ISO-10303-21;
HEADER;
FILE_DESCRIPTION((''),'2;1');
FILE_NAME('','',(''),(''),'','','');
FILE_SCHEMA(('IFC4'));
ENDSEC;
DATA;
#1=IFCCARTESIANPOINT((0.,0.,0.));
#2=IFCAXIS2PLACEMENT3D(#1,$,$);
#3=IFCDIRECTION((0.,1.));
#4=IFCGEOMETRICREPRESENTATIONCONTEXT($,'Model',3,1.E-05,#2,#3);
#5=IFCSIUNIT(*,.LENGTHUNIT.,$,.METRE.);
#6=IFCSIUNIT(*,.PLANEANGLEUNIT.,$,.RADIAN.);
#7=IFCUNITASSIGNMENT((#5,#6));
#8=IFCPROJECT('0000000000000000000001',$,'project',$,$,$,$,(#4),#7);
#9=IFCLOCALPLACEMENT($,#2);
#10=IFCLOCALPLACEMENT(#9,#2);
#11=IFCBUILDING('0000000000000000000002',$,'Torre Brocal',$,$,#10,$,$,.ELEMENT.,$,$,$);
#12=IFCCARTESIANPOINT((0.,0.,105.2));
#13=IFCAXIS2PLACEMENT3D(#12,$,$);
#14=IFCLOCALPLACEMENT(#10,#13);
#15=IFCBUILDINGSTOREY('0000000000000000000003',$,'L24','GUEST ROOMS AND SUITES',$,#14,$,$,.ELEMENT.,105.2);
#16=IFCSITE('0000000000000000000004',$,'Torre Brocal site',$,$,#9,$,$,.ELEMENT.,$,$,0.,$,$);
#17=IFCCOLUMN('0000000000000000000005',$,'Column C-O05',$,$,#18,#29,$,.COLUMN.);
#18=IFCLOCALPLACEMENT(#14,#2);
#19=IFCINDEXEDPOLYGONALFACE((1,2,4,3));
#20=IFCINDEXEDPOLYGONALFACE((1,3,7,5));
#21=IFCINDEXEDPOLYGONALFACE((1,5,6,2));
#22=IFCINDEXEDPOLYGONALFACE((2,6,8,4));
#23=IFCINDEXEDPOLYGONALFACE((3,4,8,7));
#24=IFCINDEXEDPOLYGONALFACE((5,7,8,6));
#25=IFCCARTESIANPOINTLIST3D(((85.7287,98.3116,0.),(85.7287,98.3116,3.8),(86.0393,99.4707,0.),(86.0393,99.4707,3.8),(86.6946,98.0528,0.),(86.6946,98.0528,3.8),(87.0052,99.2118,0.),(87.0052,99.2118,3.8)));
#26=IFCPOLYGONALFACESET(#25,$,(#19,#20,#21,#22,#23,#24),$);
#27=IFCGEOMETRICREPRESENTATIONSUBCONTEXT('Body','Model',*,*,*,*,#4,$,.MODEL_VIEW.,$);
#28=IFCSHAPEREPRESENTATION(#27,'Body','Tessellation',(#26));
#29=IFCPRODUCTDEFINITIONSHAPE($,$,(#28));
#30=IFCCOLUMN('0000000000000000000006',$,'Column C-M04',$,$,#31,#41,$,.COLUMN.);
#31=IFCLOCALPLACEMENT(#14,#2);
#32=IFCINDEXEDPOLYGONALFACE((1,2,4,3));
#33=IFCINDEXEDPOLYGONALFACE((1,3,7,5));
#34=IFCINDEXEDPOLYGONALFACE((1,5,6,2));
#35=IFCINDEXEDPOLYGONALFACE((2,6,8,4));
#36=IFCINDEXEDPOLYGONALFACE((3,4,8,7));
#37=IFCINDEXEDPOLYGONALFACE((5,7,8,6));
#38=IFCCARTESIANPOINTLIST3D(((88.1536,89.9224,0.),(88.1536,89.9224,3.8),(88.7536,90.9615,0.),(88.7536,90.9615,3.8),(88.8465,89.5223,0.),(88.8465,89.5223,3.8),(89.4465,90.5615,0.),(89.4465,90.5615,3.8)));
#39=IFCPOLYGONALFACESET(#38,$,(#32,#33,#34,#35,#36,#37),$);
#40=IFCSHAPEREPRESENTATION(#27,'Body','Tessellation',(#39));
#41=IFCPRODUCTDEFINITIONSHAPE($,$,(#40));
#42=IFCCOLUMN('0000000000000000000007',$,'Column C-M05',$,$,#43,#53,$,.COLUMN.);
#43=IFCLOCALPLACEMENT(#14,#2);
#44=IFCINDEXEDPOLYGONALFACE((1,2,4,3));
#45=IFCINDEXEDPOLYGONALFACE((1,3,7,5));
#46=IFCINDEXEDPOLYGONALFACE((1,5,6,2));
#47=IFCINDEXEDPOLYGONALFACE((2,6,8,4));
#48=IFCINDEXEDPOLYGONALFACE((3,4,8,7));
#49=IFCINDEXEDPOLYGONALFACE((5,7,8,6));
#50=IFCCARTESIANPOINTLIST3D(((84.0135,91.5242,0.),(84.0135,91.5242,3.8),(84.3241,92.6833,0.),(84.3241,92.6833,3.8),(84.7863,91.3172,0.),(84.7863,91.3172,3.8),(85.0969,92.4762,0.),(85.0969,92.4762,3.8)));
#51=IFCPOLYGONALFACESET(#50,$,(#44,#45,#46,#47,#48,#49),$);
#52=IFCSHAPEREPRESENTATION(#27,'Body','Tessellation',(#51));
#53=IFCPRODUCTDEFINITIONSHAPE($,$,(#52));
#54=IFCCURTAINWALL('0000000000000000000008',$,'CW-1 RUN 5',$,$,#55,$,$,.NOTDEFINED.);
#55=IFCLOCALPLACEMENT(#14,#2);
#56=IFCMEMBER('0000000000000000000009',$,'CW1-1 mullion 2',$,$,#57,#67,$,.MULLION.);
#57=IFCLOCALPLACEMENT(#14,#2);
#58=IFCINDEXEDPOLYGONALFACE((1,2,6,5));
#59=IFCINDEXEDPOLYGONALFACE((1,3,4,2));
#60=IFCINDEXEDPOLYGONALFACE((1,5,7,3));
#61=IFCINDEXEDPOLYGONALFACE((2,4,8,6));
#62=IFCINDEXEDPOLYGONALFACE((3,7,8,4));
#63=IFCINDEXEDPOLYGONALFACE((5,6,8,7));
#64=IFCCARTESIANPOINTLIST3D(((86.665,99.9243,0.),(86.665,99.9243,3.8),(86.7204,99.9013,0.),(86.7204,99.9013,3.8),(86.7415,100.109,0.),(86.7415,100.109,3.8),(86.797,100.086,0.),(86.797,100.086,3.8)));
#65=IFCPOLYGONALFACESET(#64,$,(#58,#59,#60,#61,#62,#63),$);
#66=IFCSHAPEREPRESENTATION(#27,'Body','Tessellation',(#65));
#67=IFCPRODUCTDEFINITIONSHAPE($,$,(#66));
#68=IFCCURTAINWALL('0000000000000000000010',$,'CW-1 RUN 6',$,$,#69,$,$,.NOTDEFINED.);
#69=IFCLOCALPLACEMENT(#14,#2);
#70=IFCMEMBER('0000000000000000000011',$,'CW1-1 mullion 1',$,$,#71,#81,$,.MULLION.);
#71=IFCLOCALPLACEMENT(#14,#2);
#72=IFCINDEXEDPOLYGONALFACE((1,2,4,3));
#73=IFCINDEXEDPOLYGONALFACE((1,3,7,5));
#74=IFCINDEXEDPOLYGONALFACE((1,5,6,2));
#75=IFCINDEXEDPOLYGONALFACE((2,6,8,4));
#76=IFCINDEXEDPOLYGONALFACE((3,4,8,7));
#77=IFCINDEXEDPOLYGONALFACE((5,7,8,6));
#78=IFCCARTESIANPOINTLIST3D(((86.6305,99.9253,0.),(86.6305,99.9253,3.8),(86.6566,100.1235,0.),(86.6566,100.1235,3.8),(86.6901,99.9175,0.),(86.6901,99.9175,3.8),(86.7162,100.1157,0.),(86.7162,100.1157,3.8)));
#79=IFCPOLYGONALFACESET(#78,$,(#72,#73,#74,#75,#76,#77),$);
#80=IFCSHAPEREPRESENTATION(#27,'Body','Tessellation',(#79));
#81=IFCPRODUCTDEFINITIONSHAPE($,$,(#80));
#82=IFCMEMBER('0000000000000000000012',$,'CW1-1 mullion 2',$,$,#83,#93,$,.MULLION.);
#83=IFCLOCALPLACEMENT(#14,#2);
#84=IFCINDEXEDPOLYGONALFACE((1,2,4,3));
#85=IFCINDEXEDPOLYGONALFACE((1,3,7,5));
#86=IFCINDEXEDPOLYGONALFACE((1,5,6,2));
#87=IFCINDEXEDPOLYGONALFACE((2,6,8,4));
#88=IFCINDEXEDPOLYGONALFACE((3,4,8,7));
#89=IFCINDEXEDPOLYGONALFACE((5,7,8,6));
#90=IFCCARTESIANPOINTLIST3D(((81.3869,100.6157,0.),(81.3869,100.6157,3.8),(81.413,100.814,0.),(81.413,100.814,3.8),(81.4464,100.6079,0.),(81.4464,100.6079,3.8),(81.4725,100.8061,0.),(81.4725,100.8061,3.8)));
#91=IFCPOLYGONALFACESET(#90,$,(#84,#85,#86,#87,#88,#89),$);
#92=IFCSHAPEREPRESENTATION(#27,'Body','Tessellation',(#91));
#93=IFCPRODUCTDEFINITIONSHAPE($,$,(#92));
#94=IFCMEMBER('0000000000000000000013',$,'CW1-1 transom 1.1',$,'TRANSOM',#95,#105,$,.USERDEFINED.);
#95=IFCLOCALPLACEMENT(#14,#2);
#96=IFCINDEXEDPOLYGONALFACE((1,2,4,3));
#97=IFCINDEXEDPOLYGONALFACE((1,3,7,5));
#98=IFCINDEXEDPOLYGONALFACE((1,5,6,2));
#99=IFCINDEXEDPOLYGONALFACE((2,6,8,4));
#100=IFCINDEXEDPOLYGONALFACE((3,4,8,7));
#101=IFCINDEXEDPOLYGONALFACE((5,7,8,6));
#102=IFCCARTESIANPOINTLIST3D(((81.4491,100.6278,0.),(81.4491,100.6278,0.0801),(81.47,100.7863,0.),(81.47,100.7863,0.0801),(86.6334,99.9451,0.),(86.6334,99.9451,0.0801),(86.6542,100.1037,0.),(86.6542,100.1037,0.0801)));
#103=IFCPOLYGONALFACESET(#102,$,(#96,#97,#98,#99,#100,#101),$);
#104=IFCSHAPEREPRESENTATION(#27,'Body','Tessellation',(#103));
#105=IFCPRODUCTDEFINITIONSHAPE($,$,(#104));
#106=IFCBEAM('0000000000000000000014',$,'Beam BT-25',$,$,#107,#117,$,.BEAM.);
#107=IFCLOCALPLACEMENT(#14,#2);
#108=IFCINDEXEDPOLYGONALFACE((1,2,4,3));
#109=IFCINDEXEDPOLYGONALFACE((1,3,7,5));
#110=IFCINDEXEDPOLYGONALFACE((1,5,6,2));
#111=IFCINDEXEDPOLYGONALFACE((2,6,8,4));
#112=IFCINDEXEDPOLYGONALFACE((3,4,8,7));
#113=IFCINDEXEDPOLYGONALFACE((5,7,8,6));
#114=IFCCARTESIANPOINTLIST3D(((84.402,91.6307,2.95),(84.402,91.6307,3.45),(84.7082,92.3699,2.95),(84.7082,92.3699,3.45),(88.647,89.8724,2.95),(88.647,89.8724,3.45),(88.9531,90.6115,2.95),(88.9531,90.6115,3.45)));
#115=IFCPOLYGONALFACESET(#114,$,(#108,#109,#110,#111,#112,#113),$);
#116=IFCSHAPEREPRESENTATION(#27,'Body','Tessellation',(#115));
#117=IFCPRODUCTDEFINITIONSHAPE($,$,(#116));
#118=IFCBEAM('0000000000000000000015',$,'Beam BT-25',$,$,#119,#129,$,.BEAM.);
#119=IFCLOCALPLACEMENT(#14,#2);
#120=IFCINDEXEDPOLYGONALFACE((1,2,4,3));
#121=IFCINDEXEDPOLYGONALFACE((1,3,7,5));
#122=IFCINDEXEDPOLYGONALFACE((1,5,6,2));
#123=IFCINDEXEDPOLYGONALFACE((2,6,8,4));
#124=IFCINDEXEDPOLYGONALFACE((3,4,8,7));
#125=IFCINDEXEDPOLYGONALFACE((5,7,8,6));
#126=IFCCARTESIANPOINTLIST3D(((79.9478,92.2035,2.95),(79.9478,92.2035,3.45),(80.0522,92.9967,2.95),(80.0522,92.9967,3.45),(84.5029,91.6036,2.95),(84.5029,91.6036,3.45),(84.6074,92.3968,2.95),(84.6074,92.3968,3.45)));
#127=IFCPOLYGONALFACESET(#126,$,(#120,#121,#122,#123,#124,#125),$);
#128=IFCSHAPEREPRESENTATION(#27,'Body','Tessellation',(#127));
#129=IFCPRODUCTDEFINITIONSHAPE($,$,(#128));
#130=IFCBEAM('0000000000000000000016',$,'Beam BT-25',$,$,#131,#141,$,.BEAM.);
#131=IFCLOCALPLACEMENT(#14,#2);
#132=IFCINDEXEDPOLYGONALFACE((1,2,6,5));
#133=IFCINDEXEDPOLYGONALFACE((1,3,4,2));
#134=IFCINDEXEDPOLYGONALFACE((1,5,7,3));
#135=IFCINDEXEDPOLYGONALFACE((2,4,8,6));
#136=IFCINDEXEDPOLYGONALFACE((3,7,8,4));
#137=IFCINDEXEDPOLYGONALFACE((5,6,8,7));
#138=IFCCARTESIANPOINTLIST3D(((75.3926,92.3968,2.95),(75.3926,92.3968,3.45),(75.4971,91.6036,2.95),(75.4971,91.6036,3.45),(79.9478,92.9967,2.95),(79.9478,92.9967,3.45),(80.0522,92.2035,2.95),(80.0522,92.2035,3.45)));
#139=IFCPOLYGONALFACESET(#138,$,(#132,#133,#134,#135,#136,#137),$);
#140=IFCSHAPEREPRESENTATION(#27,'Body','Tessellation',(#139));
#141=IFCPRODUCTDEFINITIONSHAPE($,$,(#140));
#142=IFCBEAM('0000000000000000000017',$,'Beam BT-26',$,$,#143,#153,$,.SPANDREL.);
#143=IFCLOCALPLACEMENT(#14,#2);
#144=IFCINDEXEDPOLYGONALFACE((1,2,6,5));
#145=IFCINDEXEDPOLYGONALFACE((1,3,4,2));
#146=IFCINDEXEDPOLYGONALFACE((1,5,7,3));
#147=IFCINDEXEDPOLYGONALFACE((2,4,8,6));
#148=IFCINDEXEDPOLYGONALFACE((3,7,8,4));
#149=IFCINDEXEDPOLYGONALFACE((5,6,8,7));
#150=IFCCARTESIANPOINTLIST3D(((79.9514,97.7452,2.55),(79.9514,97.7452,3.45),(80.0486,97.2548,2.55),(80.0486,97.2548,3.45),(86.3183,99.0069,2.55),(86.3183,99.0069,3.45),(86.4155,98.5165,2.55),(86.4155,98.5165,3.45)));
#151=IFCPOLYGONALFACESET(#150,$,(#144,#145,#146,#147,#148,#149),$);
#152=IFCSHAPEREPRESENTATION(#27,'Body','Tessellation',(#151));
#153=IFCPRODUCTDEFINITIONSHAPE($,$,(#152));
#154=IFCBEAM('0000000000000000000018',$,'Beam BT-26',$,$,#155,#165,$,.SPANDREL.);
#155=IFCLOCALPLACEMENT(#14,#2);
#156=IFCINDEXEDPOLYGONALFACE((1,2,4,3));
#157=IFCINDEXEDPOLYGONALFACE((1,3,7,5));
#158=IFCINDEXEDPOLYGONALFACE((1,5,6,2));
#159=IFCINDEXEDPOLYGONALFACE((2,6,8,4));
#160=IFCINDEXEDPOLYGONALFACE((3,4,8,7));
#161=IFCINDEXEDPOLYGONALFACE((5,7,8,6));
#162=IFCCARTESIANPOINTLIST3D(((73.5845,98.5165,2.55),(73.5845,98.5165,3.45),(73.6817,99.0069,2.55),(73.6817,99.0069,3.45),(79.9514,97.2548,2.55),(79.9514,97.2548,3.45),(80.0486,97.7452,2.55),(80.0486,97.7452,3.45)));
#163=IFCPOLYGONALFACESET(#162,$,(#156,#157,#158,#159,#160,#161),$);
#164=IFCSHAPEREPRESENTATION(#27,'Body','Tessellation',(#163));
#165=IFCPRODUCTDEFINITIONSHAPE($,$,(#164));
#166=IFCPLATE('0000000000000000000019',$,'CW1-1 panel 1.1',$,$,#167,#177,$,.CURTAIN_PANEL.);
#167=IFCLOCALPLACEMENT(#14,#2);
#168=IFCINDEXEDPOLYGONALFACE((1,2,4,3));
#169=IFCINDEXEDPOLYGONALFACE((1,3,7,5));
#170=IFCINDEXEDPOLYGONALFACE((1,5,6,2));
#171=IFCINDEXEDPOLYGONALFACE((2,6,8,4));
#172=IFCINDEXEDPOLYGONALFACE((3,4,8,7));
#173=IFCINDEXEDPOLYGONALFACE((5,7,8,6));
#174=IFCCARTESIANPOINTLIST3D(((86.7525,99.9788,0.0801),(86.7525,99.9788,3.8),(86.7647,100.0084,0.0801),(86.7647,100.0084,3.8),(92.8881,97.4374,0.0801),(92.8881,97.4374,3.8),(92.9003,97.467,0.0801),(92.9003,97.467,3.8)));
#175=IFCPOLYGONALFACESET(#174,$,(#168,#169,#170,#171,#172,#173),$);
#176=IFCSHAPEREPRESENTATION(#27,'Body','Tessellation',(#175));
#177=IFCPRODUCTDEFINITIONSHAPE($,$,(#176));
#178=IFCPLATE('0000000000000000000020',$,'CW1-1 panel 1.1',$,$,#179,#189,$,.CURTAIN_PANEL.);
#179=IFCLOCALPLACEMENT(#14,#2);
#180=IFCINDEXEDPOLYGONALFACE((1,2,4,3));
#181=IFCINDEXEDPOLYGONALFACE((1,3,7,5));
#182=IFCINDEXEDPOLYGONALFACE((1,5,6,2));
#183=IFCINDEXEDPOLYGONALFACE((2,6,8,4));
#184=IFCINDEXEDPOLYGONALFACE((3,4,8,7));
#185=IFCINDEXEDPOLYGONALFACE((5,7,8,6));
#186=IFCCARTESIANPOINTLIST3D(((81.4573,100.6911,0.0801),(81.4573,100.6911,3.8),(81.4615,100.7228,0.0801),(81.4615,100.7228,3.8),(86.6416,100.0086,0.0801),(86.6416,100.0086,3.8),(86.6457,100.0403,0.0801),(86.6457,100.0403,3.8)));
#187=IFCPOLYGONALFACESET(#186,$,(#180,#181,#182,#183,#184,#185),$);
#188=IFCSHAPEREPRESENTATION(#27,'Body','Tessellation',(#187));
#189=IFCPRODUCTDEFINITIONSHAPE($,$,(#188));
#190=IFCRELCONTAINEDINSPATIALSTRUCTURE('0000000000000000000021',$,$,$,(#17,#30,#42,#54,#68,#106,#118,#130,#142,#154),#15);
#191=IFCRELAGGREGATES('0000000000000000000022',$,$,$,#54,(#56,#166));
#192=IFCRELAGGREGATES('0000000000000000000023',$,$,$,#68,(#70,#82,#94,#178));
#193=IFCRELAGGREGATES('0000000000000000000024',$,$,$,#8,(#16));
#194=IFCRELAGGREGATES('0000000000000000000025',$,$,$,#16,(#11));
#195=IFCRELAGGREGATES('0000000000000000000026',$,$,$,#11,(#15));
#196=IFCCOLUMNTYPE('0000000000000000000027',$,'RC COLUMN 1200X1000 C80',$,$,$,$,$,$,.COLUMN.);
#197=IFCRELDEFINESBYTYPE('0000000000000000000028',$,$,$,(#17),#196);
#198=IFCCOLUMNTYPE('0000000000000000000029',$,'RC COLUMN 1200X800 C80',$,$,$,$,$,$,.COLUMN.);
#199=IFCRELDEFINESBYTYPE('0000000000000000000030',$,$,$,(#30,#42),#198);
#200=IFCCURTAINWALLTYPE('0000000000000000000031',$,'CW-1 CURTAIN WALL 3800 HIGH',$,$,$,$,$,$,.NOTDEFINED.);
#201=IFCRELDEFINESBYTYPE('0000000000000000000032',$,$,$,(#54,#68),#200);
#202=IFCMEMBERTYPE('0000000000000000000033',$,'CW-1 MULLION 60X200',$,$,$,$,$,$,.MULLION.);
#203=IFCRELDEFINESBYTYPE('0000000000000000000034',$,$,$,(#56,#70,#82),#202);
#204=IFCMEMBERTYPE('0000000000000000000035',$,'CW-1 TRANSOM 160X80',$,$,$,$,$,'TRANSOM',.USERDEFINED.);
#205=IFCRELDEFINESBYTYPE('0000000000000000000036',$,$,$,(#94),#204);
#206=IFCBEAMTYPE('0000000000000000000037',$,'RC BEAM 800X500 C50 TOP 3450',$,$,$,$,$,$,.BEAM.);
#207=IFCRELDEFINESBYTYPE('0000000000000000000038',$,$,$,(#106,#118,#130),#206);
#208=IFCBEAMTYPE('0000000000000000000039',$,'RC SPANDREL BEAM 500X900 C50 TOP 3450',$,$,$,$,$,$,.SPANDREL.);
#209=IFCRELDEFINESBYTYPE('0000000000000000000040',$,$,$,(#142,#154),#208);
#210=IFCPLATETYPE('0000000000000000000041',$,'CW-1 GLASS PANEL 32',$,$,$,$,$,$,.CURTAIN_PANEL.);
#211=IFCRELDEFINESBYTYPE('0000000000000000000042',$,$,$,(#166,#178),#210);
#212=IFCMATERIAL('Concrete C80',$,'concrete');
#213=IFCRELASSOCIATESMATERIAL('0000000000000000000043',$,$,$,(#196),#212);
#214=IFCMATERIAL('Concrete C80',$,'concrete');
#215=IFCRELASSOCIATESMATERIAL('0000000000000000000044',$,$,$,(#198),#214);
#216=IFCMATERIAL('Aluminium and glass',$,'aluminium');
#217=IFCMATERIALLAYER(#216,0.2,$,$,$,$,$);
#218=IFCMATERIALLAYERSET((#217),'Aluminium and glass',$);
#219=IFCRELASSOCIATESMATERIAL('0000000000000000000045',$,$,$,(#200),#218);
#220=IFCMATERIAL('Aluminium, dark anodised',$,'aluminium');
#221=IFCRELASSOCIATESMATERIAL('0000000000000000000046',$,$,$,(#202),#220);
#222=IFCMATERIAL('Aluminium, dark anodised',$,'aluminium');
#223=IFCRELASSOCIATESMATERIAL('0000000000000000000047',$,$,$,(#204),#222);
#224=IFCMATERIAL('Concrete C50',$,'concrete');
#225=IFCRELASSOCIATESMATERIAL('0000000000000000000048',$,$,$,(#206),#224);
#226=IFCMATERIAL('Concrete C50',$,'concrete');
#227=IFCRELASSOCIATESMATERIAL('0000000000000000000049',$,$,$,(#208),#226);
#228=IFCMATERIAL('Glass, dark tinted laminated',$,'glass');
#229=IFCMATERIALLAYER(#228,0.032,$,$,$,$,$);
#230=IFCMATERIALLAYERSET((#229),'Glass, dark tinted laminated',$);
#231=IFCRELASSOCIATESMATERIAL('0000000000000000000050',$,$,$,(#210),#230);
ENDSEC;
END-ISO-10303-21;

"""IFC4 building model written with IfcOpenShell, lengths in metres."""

from ifc_helpers import new_model, si_unit, direction, frame, origin, origin_2d, place, context, subcontext, project, spatial, rectangle, extrude, material, layer, layer_set, material_profile, profile_set, type_object, element, aggregate, save


model = new_model("IFC4")

# Units and contexts
model_context = context("Model", 3, precision=1e-05, world=origin(), true_north=direction((0.0, 1.0)))
body_context = subcontext(model_context, "Body", "Model", "MODEL_VIEW")
ifc_project = project(units=[si_unit("LENGTHUNIT", "METRE"), si_unit("PLANEANGLEUNIT", "RADIAN")], contexts=[model_context])

# Site, building, storey
site_placement = place(None, origin())
site = spatial("IfcSite", under=ifc_project, at=site_placement, Name="Torre Brocal site", CompositionType="ELEMENT", RefElevation=0.0)
building_placement = place(site_placement, origin())
building = spatial("IfcBuilding", under=site, at=building_placement, Name="Torre Brocal", CompositionType="ELEMENT")
storey_placement = place(building_placement, frame((0.0, 0.0, 105.2)))
storey = spatial("IfcBuildingStorey", under=building, at=storey_placement, Name="L24", Description="GUEST ROOMS AND SUITES", CompositionType="ELEMENT", Elevation=105.2)

# Columns
ifc_material_1 = material(Name="Concrete C80", Category="concrete")
ifc_material_profile_1 = material_profile(ifc_material_1, rectangle(XDim=1.2, YDim=1.0, at=origin_2d()), Name="RC 1200X1000")
ifc_profile_set_1 = profile_set([ifc_material_profile_1], Name="Concrete C80")
column_type_1 = type_object("IfcColumnType", Name="RC COLUMN 1200X1000 C80", PredefinedType="COLUMN", material=ifc_profile_set_1)
column_placement = place(storey_placement, frame((86.3669, 98.7617, 0.0), z_axis=(0.0, 0.0, 1.0), x_axis=(0.258819, 0.965926, 0.0)))
element("IfcColumn", 1, at=column_placement, inside=storey, type_object=column_type_1, Name="Column C-O05", PredefinedType="COLUMN", context=body_context, shape_type="SweptSolid", body=[
    extrude(rectangle(XDim=1.2, YDim=1.0, at=origin_2d()), origin(), (0.0, 0.0, 1.0), 3.8),
])
ifc_material_2 = material(Name="Concrete C80", Category="concrete")
ifc_material_profile_2 = material_profile(ifc_material_2, rectangle(XDim=1.2, YDim=0.8, at=origin_2d()), Name="RC 1200X800")
ifc_profile_set_2 = profile_set([ifc_material_profile_2], Name="Concrete C80")
column_type_2 = type_object("IfcColumnType", Name="RC COLUMN 1200X800 C80", PredefinedType="COLUMN", material=ifc_profile_set_2)
for number, where, z_axis, x_axis, name in (
    (2, (88.8, 90.2419, 0.0), (0.0, 0.0, 1.0), (0.5, 0.866025, 0.0), "Column C-M04"),
    (3, (84.5552, 92.0002, 0.0), (0.0, 0.0, 1.0), (0.258819, 0.965926, 0.0), "Column C-M05"),
):
    element("IfcColumn", number, at=place(storey_placement, frame(where, z_axis=z_axis, x_axis=x_axis)), inside=storey, type_object=column_type_2, Name=name, PredefinedType="COLUMN", context=body_context, shape_type="SweptSolid", body=[
        extrude(rectangle(XDim=1.2, YDim=0.8, at=origin_2d()), origin(), (0.0, 0.0, 1.0), 3.8),
    ])

# Curtain wall, member
ifc_material_3 = material(Name="Aluminium and glass", Category="aluminium")
ifc_layer_1 = layer(ifc_material_3, 0.2)
ifc_layer_set_1 = layer_set([ifc_layer_1], Name="Aluminium and glass")
curtain_wall_type = type_object("IfcCurtainWallType", Name="CW-1 CURTAIN WALL 3800 HIGH", PredefinedType="NOTDEFINED", material=ifc_layer_set_1)
curtain_wall_1_placement = place(storey_placement, origin())
curtain_wall_1 = element("IfcCurtainWall", 4, at=curtain_wall_1_placement, inside=storey, type_object=curtain_wall_type, Name="CW-1 RUN 5", PredefinedType="NOTDEFINED")
ifc_material_4 = material(Name="Aluminium, dark anodised", Category="aluminium")
ifc_material_profile_3 = material_profile(ifc_material_4, rectangle(XDim=0.2, YDim=0.0601, at=origin_2d()), Name="CW-1 MULLION 60X200")
ifc_profile_set_3 = profile_set([ifc_material_profile_3], Name="Aluminium, dark anodised")
member_type_1 = type_object("IfcMemberType", Name="CW-1 MULLION 60X200", PredefinedType="MULLION", material=ifc_profile_set_3)
member_1_placement = place(storey_placement, frame((86.731, 100.0051, 0.0), z_axis=(0.0, 0.0, 1.0), x_axis=(-0.382683, -0.92388, 0.0)))
member_1 = element("IfcMember", 5, at=member_1_placement, type_object=member_type_1, Name="CW1-1 mullion 2", PredefinedType="MULLION", context=body_context, shape_type="SweptSolid", body=[
    extrude(rectangle(XDim=0.2, YDim=0.0601, at=origin_2d()), origin(), (0.0, 0.0, 1.0), 3.8),
])

# Curtain wall, members
curtain_wall_2_placement = place(storey_placement, origin())
curtain_wall_2 = element("IfcCurtainWall", 6, at=curtain_wall_2_placement, inside=storey, type_object=curtain_wall_type, Name="CW-1 RUN 6", PredefinedType="NOTDEFINED")
member_2_placement = place(storey_placement, frame((86.6733, 100.0205, 0.0), z_axis=(0.0, 0.0, 1.0), x_axis=(-0.130526, -0.991445, 0.0)))
member_2 = element("IfcMember", 7, at=member_2_placement, type_object=member_type_1, Name="CW1-1 mullion 1", PredefinedType="MULLION", context=body_context, shape_type="SweptSolid", body=[
    extrude(rectangle(XDim=0.2, YDim=0.0601, at=origin_2d()), origin(), (0.0, 0.0, 1.0), 3.8),
])
member_3_placement = place(storey_placement, frame((81.4297, 100.7109, 0.0), z_axis=(0.0, 0.0, 1.0), x_axis=(-0.130526, -0.991445, 0.0)))
member_3 = element("IfcMember", 8, at=member_3_placement, type_object=member_type_1, Name="CW1-1 mullion 2", PredefinedType="MULLION", context=body_context, shape_type="SweptSolid", body=[
    extrude(rectangle(XDim=0.2, YDim=0.0601, at=origin_2d()), origin(), (0.0, 0.0, 1.0), 3.8),
])
ifc_material_5 = material(Name="Aluminium, dark anodised", Category="aluminium")
ifc_material_profile_4 = material_profile(ifc_material_5, rectangle(XDim=0.1599, YDim=0.0801, at=origin_2d()), Name="CW-1 TRANSOM 160X80")
ifc_profile_set_4 = profile_set([ifc_material_profile_4], Name="Aluminium, dark anodised")
member_type_2 = type_object("IfcMemberType", Name="CW-1 TRANSOM 160X80", ElementType="TRANSOM", PredefinedType="USERDEFINED", material=ifc_profile_set_4)
member_4_placement = place(storey_placement, frame((86.6438, 100.0244, 0.04), z_axis=(-0.991443, 0.130543, 0.0), x_axis=(-0.130543, -0.991443, 0.0)))
member_4 = element("IfcMember", 9, at=member_4_placement, type_object=member_type_2, Name="CW1-1 transom 1.1", ObjectType="TRANSOM", PredefinedType="USERDEFINED", context=body_context, shape_type="SweptSolid", body=[
    extrude(rectangle(XDim=0.1599, YDim=0.0801, at=origin_2d()), origin(), (0.0, 0.0, 1.0), 5.229),
])

# Beams
ifc_material_6 = material(Name="Concrete C50", Category="concrete")
ifc_material_profile_5 = material_profile(ifc_material_6, rectangle(XDim=0.8, YDim=0.5, at=origin_2d()), Name="RC 800X500")
ifc_profile_set_5 = profile_set([ifc_material_profile_5], Name="Concrete C50")
beam_type_1 = type_object("IfcBeamType", Name="RC BEAM 800X500 C50 TOP 3450", PredefinedType="BEAM", material=ifc_profile_set_5)
beam_placement = place(storey_placement, frame((88.8, 90.2419, 3.2), z_axis=(-0.923878, 0.382687, 0.0), x_axis=(-0.382687, -0.923878, 0.0)))
element("IfcBeam", 10, at=beam_placement, inside=storey, type_object=beam_type_1, Name="Beam BT-25", PredefinedType="BEAM", context=body_context, shape_type="SweptSolid", body=[
    extrude(rectangle(XDim=0.8, YDim=0.5, at=origin_2d()), origin(), (0.0, 0.0, 1.0), 4.5947),
])
for number, where, z_axis, x_axis, name in (
    (11, (84.5552, 92.0002, 3.2), (-0.991441, 0.130559, 0.0), (-0.130559, -0.991441, 0.0), "Beam BT-25"),
    (12, (80.0, 92.6001, 3.2), (-0.991441, -0.130559, 0.0), (0.130559, -0.991441, 0.0), "Beam BT-25"),
):
    element("IfcBeam", number, at=place(storey_placement, frame(where, z_axis=z_axis, x_axis=x_axis)), inside=storey, type_object=beam_type_1, Name=name, PredefinedType="BEAM", context=body_context, shape_type="SweptSolid", body=[
        extrude(rectangle(XDim=0.8, YDim=0.5, at=origin_2d()), origin(), (0.0, 0.0, 1.0), 4.5945),
    ])
ifc_material_7 = material(Name="Concrete C50", Category="concrete")
ifc_material_profile_6 = material_profile(ifc_material_7, rectangle(XDim=0.5, YDim=0.8999, at=origin_2d()), Name="RC 500X900")
ifc_profile_set_6 = profile_set([ifc_material_profile_6], Name="Concrete C50")
beam_type_2 = type_object("IfcBeamType", Name="RC SPANDREL BEAM 500X900 C50 TOP 3450", PredefinedType="SPANDREL", material=ifc_profile_set_6)
for number, where, z_axis, x_axis, name in (
    (13, (86.3669, 98.7617, 3.0), (-0.980925, -0.194387, 0.0), (0.194387, -0.980925, 0.0), "Beam BT-26"),
    (14, (80.0, 97.5, 3.0), (-0.980925, 0.194387, 0.0), (-0.194387, -0.980925, 0.0), "Beam BT-26"),
):
    element("IfcBeam", number, at=place(storey_placement, frame(where, z_axis=z_axis, x_axis=x_axis)), inside=storey, type_object=beam_type_2, Name=name, PredefinedType="SPANDREL", context=body_context, shape_type="SweptSolid", body=[
        extrude(rectangle(XDim=0.5, YDim=0.8999, at=origin_2d()), origin(), (0.0, 0.0, 1.0), 6.4907),
    ])

# Plates
ifc_material_8 = material(Name="Glass, dark tinted laminated", Category="glass")
ifc_layer_2 = layer(ifc_material_8, 0.032)
ifc_layer_set_2 = layer_set([ifc_layer_2], Name="Glass, dark tinted laminated")
plate_type = type_object("IfcPlateType", Name="CW-1 GLASS PANEL 32", PredefinedType="CURTAIN_PANEL", material=ifc_layer_set_2)
plate_1_placement = place(storey_placement, frame((89.8264, 98.7229, 0.0801), z_axis=(0.0, 0.0, 1.0), x_axis=(-0.92388, 0.382683, 0.0)))
plate_1 = element("IfcPlate", 15, at=plate_1_placement, type_object=plate_type, Name="CW1-1 panel 1.1", PredefinedType="CURTAIN_PANEL", context=body_context, shape_type="SweptSolid", body=[
    extrude(rectangle(XDim=6.6411, YDim=0.032, at=origin_2d()), origin(), (0.0, 0.0, 1.0), 3.72),
])
aggregate(curtain_wall_1, [member_1, plate_1])
plate_2_placement = place(storey_placement, frame((84.0515, 100.3657, 0.0801), z_axis=(0.0, 0.0, 1.0), x_axis=(-0.991445, 0.130526, 0.0)))
plate_2 = element("IfcPlate", 16, at=plate_2_placement, type_object=plate_type, Name="CW1-1 panel 1.1", PredefinedType="CURTAIN_PANEL", context=body_context, shape_type="SweptSolid", body=[
    extrude(rectangle(XDim=5.229, YDim=0.032, at=origin_2d()), origin(), (0.0, 0.0, 1.0), 3.72),
])
aggregate(curtain_wall_2, [member_2, member_3, member_4, plate_2])

save(model, "model.ifc")
